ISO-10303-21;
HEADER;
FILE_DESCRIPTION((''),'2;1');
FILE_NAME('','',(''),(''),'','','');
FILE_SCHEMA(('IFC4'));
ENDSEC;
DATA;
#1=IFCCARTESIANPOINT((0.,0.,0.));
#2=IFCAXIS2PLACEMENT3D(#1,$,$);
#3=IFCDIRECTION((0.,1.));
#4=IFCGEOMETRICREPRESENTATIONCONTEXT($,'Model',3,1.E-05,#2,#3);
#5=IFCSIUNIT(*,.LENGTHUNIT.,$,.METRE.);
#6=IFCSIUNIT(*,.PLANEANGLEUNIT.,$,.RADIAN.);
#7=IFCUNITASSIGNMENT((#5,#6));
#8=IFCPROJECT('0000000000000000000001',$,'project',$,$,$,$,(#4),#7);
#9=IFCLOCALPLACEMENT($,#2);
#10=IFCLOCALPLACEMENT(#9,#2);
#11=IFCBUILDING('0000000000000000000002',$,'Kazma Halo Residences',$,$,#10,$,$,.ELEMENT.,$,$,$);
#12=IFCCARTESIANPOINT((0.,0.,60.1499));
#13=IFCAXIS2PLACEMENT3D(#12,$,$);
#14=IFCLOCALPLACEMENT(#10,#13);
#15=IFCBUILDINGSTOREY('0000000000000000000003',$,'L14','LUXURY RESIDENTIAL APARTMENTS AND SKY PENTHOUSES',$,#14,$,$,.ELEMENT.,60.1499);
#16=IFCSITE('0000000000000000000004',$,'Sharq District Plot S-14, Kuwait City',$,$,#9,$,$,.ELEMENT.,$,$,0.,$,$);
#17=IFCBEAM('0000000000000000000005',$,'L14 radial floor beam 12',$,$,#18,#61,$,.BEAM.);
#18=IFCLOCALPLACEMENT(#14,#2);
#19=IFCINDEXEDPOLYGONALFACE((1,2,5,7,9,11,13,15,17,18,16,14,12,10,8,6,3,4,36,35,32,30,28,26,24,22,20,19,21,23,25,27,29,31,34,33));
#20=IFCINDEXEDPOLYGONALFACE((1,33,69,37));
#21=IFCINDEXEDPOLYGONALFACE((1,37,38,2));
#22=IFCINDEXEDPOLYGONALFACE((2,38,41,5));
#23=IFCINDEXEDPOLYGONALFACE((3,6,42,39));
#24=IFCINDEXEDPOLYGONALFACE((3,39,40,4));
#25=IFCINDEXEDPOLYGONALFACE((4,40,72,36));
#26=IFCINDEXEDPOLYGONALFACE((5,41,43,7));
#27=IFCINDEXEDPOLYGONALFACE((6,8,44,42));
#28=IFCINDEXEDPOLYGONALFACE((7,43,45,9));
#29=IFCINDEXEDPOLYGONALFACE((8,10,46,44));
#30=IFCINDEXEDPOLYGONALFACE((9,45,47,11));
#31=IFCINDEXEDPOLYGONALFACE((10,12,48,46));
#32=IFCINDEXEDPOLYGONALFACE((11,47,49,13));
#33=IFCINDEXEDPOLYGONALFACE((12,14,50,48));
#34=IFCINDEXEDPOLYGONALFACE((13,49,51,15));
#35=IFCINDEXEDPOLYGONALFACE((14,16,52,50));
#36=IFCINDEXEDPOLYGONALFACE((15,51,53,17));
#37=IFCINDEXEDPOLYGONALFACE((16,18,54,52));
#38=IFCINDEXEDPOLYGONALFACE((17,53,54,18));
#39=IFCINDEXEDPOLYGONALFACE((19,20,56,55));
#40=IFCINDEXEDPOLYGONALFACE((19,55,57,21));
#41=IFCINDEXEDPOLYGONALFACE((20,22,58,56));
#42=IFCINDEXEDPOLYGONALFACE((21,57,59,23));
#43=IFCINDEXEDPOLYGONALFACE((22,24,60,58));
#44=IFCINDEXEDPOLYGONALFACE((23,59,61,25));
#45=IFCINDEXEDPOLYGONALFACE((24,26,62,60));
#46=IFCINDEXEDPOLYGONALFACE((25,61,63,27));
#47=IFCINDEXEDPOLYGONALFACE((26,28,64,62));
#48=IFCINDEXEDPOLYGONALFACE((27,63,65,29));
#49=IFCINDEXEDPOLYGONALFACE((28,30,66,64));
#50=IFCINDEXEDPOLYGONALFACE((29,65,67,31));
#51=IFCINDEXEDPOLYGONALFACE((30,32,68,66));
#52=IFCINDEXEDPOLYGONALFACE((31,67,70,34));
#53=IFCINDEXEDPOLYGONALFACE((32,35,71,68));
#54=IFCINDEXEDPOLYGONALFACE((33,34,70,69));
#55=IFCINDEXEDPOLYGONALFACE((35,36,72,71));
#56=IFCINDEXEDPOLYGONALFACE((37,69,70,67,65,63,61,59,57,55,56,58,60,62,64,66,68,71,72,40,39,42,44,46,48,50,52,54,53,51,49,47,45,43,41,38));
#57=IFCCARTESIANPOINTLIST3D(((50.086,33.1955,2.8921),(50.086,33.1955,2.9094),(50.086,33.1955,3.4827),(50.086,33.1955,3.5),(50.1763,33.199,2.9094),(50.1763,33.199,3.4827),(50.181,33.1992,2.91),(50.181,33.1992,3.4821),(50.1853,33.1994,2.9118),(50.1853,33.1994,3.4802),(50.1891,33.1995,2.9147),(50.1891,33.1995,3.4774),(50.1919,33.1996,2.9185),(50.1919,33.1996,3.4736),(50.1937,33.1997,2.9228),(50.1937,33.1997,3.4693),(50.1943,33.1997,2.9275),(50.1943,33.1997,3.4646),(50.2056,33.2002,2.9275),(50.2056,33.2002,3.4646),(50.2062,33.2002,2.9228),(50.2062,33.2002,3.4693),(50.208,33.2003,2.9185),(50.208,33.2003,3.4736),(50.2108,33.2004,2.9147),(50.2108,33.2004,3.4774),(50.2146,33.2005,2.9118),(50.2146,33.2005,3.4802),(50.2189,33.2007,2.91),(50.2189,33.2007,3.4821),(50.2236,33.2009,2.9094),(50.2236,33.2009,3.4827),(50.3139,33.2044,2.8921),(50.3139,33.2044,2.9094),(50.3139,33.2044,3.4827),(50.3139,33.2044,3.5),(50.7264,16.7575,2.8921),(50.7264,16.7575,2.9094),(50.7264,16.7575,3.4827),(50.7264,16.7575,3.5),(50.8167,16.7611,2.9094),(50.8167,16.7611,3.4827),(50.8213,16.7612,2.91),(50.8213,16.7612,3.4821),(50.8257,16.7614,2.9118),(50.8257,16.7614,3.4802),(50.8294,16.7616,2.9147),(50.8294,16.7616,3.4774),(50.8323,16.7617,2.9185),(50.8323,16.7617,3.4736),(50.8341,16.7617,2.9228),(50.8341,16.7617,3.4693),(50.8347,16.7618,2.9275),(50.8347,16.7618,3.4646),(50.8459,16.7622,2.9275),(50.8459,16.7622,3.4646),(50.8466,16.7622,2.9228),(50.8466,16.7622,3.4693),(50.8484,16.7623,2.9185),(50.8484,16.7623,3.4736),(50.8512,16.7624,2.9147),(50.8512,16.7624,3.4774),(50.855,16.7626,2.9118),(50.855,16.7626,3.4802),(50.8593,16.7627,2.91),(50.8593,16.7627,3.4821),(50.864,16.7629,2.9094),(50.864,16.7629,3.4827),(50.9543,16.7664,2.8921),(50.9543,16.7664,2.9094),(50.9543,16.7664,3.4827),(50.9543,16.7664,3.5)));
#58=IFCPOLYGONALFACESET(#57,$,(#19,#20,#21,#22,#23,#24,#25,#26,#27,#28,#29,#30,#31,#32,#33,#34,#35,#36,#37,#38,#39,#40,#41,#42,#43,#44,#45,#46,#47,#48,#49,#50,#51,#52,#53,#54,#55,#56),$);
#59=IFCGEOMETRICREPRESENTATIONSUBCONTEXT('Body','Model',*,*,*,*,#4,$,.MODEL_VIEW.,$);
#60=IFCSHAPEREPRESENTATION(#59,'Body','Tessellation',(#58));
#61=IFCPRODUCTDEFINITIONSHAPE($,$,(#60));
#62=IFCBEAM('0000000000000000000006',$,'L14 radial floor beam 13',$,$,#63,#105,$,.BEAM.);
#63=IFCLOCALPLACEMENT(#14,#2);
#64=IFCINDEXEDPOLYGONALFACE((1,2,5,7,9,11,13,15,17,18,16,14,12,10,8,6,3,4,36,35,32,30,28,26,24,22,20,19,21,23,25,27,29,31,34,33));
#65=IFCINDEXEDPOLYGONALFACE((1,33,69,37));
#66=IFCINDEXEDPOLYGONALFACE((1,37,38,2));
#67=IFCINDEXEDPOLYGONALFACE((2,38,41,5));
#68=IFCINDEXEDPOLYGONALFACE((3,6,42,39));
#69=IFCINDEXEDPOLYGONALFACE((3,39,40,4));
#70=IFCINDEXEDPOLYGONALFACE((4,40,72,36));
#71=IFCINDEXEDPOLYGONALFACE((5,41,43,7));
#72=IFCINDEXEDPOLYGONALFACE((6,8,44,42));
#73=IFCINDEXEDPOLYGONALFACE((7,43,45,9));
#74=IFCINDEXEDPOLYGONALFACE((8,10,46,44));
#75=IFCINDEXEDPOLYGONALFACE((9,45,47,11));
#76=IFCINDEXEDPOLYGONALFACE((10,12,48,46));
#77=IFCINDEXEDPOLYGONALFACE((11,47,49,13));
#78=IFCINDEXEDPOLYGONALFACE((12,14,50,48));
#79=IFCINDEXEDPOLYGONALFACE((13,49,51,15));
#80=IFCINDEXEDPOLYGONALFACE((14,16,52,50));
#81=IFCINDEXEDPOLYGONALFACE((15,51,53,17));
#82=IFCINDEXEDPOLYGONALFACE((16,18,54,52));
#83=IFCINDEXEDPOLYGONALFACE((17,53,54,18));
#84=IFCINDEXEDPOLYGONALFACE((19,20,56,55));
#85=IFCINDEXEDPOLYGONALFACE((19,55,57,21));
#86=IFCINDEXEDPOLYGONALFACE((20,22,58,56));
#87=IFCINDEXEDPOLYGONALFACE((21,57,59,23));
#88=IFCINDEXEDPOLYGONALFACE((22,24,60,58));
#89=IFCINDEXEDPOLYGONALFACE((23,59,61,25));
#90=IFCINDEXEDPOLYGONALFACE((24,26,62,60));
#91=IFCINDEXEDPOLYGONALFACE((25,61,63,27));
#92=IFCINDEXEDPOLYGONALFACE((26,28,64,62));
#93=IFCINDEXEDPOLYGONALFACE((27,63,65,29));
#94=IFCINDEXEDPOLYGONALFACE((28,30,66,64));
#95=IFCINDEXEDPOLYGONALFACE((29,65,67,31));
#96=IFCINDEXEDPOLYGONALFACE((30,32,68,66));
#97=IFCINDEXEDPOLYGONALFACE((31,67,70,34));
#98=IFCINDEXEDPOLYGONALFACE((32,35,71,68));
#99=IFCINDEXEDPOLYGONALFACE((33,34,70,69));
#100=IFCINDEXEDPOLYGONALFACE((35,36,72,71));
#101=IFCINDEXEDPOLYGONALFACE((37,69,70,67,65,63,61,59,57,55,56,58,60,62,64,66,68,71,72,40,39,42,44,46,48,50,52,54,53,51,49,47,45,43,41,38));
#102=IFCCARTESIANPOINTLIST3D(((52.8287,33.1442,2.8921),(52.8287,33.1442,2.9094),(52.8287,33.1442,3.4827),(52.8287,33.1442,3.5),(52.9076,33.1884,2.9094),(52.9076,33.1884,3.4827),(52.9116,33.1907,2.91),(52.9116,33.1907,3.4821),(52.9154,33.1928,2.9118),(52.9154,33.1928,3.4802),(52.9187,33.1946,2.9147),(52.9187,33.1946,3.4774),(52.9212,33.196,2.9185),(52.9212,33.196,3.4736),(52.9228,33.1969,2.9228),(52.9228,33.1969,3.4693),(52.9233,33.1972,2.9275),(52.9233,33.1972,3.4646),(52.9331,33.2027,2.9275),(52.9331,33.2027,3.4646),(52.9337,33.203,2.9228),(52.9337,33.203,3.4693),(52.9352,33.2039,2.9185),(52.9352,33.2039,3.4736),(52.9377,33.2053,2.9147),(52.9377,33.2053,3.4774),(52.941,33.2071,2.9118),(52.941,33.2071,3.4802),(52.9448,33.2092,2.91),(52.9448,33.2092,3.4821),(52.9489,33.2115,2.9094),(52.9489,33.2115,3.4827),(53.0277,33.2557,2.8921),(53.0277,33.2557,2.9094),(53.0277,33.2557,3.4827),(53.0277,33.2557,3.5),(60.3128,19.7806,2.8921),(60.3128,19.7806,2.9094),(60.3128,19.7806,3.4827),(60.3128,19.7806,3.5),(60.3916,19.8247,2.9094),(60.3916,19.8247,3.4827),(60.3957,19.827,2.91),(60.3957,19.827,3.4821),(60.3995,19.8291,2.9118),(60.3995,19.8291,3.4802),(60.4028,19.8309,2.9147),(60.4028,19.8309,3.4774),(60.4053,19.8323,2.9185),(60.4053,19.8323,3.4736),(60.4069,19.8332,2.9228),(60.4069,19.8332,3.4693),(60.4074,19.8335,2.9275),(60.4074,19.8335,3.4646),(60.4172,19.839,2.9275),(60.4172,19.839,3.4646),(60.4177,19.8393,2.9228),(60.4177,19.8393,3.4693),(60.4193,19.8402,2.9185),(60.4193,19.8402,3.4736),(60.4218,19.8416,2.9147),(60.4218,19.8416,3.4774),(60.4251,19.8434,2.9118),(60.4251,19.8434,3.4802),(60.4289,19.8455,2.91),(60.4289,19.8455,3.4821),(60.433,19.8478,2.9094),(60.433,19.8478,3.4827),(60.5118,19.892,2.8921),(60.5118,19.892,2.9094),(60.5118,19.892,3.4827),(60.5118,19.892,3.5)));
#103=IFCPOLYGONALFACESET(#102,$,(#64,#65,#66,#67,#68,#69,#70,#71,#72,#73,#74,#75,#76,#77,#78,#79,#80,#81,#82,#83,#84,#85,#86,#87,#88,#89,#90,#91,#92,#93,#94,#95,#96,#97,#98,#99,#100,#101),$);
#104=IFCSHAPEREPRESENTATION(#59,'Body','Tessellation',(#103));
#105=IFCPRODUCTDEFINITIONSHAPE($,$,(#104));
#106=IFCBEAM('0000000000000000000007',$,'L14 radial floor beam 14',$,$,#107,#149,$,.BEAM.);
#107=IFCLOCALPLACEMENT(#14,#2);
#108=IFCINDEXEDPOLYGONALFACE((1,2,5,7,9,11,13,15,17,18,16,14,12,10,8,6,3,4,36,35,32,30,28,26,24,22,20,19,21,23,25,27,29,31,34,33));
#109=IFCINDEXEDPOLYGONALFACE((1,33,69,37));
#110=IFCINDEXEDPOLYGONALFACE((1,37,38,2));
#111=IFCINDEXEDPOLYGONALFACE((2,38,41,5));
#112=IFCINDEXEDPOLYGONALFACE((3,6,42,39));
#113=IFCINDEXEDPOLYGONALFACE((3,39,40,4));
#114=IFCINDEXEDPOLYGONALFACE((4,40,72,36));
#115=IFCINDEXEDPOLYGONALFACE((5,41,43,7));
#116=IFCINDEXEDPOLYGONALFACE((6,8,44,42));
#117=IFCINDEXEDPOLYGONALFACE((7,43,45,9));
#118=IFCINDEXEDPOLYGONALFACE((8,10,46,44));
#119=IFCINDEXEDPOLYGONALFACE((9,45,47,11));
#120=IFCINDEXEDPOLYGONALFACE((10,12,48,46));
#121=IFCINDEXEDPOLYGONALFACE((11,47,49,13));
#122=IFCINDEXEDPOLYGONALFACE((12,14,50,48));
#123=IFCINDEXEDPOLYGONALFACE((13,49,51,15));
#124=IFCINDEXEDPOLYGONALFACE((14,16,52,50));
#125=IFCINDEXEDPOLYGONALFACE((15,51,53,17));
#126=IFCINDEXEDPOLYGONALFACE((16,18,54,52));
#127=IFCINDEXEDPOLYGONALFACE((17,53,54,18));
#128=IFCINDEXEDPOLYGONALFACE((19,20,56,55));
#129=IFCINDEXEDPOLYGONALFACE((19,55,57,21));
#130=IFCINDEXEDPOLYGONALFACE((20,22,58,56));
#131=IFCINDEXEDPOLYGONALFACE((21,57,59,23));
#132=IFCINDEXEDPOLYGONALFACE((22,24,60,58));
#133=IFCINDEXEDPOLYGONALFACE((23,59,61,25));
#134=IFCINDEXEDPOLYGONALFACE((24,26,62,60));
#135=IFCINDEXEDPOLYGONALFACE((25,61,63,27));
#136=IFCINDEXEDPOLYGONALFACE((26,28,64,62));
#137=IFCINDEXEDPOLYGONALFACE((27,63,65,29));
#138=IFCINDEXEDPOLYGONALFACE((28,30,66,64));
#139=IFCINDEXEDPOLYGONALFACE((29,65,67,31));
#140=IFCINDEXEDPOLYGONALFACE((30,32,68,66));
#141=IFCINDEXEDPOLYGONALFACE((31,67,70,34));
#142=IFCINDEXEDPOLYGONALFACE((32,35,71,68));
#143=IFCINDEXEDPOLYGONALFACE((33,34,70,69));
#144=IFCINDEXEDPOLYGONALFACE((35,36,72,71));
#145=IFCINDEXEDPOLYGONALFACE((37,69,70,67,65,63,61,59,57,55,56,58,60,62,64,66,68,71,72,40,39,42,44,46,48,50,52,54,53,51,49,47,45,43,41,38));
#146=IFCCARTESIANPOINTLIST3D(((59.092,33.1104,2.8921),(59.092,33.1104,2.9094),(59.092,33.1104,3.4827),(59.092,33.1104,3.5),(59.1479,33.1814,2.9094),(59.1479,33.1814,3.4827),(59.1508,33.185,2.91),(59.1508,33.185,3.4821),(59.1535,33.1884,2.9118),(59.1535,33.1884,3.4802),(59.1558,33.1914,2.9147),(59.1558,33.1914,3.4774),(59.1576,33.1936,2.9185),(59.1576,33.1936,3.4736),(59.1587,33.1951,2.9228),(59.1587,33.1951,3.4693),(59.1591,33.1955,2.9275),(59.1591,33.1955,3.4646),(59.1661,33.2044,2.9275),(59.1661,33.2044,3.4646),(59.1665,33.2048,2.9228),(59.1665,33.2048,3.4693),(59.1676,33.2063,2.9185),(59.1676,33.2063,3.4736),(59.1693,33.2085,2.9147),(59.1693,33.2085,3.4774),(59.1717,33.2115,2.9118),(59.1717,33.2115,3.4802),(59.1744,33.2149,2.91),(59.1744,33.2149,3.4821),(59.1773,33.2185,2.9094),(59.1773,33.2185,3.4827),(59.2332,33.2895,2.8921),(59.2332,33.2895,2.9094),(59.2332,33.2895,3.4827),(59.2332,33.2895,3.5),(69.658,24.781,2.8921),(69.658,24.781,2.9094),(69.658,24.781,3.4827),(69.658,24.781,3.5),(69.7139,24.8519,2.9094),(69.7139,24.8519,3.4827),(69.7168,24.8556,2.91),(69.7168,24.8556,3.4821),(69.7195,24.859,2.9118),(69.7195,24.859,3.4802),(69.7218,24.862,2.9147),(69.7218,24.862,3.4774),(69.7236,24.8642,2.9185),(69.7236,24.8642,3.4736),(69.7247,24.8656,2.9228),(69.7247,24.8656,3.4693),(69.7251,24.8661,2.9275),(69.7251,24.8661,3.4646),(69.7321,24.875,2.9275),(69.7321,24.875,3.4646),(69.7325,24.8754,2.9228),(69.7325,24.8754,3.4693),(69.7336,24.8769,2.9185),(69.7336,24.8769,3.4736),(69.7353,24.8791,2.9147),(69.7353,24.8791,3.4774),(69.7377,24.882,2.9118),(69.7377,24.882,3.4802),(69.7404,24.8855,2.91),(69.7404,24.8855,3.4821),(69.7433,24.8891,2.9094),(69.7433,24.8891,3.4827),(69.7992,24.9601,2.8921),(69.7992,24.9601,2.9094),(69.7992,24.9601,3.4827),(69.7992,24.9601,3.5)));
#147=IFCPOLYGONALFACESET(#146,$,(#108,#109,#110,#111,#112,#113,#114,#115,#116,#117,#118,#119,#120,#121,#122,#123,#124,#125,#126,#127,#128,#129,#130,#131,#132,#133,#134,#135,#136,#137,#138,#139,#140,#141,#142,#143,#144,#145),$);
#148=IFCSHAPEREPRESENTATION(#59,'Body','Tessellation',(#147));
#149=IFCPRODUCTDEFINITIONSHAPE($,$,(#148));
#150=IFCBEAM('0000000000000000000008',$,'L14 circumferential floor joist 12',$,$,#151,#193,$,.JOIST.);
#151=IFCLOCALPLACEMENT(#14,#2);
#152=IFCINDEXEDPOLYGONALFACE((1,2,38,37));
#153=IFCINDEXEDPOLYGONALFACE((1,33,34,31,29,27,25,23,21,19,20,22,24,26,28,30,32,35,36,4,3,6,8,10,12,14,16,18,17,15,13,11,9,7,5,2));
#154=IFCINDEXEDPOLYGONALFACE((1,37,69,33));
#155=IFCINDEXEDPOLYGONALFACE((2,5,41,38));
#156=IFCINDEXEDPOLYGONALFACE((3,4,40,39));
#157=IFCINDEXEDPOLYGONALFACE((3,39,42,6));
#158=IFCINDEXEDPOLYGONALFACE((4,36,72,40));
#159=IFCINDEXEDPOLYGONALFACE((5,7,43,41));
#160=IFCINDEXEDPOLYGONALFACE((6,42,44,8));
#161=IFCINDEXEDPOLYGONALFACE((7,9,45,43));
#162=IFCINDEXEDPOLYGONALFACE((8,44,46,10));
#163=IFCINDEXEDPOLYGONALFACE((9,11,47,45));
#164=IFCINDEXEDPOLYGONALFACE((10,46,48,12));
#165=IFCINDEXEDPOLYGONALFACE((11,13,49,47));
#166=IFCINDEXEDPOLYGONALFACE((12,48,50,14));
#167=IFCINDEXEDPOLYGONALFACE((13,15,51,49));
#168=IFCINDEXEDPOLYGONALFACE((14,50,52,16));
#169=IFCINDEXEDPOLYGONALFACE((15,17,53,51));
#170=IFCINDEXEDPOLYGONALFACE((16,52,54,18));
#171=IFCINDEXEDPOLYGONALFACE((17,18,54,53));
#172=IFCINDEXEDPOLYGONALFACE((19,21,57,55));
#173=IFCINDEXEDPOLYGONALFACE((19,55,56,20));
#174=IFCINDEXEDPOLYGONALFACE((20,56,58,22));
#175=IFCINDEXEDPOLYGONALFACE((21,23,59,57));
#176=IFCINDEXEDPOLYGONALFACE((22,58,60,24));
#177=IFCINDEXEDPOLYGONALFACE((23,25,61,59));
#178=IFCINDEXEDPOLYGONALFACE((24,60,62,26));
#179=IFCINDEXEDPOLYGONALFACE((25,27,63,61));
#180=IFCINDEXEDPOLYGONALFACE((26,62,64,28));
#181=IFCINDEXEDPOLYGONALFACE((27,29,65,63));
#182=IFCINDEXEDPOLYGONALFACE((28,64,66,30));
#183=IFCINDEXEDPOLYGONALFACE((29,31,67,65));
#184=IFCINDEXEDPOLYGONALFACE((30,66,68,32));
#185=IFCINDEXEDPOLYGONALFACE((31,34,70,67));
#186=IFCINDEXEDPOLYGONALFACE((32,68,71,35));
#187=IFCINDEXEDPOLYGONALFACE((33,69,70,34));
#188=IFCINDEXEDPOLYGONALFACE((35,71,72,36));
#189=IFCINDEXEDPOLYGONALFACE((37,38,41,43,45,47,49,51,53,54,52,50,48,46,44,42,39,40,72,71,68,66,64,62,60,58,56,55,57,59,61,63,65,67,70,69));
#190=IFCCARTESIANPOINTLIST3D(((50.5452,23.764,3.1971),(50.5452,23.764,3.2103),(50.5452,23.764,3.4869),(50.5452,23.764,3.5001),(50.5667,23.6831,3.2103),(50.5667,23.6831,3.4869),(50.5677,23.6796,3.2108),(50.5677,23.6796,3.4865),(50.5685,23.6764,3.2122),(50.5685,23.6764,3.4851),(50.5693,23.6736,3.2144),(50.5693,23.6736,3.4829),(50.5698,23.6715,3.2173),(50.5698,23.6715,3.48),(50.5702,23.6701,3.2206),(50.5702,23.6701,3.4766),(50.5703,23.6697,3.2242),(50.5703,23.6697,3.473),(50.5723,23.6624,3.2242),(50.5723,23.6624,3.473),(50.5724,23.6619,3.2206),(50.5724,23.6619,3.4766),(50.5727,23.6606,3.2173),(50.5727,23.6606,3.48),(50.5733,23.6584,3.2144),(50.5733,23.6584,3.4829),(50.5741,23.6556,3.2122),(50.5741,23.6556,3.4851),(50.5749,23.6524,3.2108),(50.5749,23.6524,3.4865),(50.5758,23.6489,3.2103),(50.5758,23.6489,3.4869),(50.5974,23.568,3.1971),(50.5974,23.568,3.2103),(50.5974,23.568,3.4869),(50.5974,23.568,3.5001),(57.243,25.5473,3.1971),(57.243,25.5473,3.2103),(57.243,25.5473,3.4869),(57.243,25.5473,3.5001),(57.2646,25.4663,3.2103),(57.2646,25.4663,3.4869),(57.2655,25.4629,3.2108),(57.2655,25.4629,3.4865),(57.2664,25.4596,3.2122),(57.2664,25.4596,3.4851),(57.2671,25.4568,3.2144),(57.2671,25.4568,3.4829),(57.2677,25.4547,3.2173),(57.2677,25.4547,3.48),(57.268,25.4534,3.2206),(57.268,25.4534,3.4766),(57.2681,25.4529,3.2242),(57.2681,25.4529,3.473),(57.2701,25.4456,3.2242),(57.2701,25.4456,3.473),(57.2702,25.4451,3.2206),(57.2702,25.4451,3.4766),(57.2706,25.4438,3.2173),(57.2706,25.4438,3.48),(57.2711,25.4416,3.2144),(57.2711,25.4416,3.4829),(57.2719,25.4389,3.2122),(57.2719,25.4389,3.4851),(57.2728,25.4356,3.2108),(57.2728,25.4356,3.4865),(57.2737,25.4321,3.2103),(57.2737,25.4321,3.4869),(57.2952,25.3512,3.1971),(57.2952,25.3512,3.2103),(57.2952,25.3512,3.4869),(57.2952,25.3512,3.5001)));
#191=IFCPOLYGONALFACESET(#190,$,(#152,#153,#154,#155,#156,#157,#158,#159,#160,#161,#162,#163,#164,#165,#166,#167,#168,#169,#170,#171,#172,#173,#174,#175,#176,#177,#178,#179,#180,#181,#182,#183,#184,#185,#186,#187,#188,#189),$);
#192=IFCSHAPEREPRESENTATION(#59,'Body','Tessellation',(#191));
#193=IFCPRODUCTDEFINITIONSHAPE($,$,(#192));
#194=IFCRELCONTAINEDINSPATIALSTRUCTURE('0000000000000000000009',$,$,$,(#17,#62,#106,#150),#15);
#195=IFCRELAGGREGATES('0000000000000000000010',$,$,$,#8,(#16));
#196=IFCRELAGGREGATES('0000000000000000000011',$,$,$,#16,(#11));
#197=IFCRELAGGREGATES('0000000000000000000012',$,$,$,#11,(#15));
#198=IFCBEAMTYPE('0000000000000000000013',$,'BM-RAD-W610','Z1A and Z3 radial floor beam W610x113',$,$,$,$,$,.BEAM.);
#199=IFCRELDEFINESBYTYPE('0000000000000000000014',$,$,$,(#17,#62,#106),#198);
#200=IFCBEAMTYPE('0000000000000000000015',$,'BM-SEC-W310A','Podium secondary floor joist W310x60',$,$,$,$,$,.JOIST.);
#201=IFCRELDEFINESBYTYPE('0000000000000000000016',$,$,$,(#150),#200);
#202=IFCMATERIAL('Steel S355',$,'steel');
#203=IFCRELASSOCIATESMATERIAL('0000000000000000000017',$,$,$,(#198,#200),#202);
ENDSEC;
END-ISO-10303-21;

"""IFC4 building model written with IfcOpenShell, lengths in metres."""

from ifc_helpers import new_model, si_unit, direction, frame, origin, origin_2d, place, context, subcontext, project, spatial, i_section, extrude, material, material_profile, profile_set, type_object, element, save


model = new_model("IFC4")

# Units and contexts
model_context = context("Model", 3, precision=1e-05, world=origin(), true_north=direction((0.0, 1.0)))
body_context = subcontext(model_context, "Body", "Model", "MODEL_VIEW")
ifc_project = project(units=[si_unit("LENGTHUNIT", "METRE"), si_unit("PLANEANGLEUNIT", "RADIAN")], contexts=[model_context])

# Site, building, storey
site_placement = place(None, origin())
site = spatial("IfcSite", under=ifc_project, at=site_placement, Name="Sharq District Plot S-14, Kuwait City", CompositionType="ELEMENT", RefElevation=0.0)
building_placement = place(site_placement, origin())
building = spatial("IfcBuilding", under=site, at=building_placement, Name="Kazma Halo Residences", CompositionType="ELEMENT")
storey_placement = place(building_placement, frame((0.0, 0.0, 60.1499)))
storey = spatial("IfcBuildingStorey", under=building, at=storey_placement, Name="L14", Description="LUXURY RESIDENTIAL APARTMENTS AND SKY PENTHOUSES", CompositionType="ELEMENT", Elevation=60.1499)

# Beams
ifc_material_1 = material(Name="Steel S355", Category="steel")
ifc_material_profile_1 = material_profile(ifc_material_1, i_section(OverallWidth=0.228, OverallDepth=0.6079, WebThickness=0.0112, FlangeThickness=0.0173, FilletRadius=0.0181, at=origin_2d()), Name="W610x113")
ifc_profile_set_1 = profile_set([ifc_material_profile_1], Name="Steel S355")
beam_type_1 = type_object("IfcBeamType", Name="BM-RAD-W610", Description="Z1A and Z3 radial floor beam W610x113", PredefinedType="BEAM", material=ifc_profile_set_1)
beam_1_placement = place(storey_placement, frame((50.2, 33.2, 3.196), z_axis=(0.038928, -0.999242, 0.0), x_axis=(0.999242, 0.038928, 0.0)))
element("IfcBeam", 1, at=beam_1_placement, inside=storey, type_object=beam_type_1, Name="L14 radial floor beam 12", PredefinedType="BEAM", context=body_context, shape_type="SweptSolid", body=[
    extrude(i_section(OverallWidth=0.228, OverallDepth=0.6079, WebThickness=0.0112, FlangeThickness=0.0173, FilletRadius=0.0181, at=origin_2d()), origin(), (0.0, 0.0, 1.0), 16.4504),
])
beam_2_placement = place(storey_placement, frame((52.9282, 33.2, 3.196), z_axis=(0.488624, -0.872494, 0.0), x_axis=(0.872494, 0.488624, 0.0)))
element("IfcBeam", 2, at=beam_2_placement, inside=storey, type_object=beam_type_1, Name="L14 radial floor beam 13", PredefinedType="BEAM", context=body_context, shape_type="SweptSolid", body=[
    extrude(i_section(OverallWidth=0.228, OverallDepth=0.6079, WebThickness=0.0112, FlangeThickness=0.0173, FilletRadius=0.0181, at=origin_2d()), origin(), (0.0, 0.0, 1.0), 15.3167),
])
beam_3_placement = place(storey_placement, frame((59.1626, 33.2, 3.196), z_axis=(0.785322, -0.619087, 0.0), x_axis=(0.619087, 0.785322, 0.0)))
element("IfcBeam", 3, at=beam_3_placement, inside=storey, type_object=beam_type_1, Name="L14 radial floor beam 14", PredefinedType="BEAM", context=body_context, shape_type="SweptSolid", body=[
    extrude(i_section(OverallWidth=0.228, OverallDepth=0.6079, WebThickness=0.0112, FlangeThickness=0.0173, FilletRadius=0.0181, at=origin_2d()), origin(), (0.0, 0.0, 1.0), 13.4543),
])
ifc_material_profile_2 = material_profile(ifc_material_1, i_section(OverallWidth=0.2029, OverallDepth=0.303, WebThickness=0.0076, FlangeThickness=0.0132, FilletRadius=0.0139, at=origin_2d()), Name="W310x60")
ifc_profile_set_2 = profile_set([ifc_material_profile_2], Name="Steel S355")
beam_type_2 = type_object("IfcBeamType", Name="BM-SEC-W310A", Description="Podium secondary floor joist W310x60", PredefinedType="JOIST", material=ifc_profile_set_2)
beam_4_placement = place(storey_placement, frame((50.5713, 23.666, 3.3486), z_axis=(0.966338, 0.257277, 0.0), x_axis=(-0.257277, 0.966338, 0.0)))
element("IfcBeam", 4, at=beam_4_placement, inside=storey, type_object=beam_type_2, Name="L14 circumferential floor joist 12", PredefinedType="JOIST", context=body_context, shape_type="SweptSolid", body=[
    extrude(i_section(OverallWidth=0.2029, OverallDepth=0.303, WebThickness=0.0076, FlangeThickness=0.0132, FilletRadius=0.0139, at=origin_2d()), origin(), (0.0, 0.0, 1.0), 6.9312),
])

save(model, "model.ifc")
